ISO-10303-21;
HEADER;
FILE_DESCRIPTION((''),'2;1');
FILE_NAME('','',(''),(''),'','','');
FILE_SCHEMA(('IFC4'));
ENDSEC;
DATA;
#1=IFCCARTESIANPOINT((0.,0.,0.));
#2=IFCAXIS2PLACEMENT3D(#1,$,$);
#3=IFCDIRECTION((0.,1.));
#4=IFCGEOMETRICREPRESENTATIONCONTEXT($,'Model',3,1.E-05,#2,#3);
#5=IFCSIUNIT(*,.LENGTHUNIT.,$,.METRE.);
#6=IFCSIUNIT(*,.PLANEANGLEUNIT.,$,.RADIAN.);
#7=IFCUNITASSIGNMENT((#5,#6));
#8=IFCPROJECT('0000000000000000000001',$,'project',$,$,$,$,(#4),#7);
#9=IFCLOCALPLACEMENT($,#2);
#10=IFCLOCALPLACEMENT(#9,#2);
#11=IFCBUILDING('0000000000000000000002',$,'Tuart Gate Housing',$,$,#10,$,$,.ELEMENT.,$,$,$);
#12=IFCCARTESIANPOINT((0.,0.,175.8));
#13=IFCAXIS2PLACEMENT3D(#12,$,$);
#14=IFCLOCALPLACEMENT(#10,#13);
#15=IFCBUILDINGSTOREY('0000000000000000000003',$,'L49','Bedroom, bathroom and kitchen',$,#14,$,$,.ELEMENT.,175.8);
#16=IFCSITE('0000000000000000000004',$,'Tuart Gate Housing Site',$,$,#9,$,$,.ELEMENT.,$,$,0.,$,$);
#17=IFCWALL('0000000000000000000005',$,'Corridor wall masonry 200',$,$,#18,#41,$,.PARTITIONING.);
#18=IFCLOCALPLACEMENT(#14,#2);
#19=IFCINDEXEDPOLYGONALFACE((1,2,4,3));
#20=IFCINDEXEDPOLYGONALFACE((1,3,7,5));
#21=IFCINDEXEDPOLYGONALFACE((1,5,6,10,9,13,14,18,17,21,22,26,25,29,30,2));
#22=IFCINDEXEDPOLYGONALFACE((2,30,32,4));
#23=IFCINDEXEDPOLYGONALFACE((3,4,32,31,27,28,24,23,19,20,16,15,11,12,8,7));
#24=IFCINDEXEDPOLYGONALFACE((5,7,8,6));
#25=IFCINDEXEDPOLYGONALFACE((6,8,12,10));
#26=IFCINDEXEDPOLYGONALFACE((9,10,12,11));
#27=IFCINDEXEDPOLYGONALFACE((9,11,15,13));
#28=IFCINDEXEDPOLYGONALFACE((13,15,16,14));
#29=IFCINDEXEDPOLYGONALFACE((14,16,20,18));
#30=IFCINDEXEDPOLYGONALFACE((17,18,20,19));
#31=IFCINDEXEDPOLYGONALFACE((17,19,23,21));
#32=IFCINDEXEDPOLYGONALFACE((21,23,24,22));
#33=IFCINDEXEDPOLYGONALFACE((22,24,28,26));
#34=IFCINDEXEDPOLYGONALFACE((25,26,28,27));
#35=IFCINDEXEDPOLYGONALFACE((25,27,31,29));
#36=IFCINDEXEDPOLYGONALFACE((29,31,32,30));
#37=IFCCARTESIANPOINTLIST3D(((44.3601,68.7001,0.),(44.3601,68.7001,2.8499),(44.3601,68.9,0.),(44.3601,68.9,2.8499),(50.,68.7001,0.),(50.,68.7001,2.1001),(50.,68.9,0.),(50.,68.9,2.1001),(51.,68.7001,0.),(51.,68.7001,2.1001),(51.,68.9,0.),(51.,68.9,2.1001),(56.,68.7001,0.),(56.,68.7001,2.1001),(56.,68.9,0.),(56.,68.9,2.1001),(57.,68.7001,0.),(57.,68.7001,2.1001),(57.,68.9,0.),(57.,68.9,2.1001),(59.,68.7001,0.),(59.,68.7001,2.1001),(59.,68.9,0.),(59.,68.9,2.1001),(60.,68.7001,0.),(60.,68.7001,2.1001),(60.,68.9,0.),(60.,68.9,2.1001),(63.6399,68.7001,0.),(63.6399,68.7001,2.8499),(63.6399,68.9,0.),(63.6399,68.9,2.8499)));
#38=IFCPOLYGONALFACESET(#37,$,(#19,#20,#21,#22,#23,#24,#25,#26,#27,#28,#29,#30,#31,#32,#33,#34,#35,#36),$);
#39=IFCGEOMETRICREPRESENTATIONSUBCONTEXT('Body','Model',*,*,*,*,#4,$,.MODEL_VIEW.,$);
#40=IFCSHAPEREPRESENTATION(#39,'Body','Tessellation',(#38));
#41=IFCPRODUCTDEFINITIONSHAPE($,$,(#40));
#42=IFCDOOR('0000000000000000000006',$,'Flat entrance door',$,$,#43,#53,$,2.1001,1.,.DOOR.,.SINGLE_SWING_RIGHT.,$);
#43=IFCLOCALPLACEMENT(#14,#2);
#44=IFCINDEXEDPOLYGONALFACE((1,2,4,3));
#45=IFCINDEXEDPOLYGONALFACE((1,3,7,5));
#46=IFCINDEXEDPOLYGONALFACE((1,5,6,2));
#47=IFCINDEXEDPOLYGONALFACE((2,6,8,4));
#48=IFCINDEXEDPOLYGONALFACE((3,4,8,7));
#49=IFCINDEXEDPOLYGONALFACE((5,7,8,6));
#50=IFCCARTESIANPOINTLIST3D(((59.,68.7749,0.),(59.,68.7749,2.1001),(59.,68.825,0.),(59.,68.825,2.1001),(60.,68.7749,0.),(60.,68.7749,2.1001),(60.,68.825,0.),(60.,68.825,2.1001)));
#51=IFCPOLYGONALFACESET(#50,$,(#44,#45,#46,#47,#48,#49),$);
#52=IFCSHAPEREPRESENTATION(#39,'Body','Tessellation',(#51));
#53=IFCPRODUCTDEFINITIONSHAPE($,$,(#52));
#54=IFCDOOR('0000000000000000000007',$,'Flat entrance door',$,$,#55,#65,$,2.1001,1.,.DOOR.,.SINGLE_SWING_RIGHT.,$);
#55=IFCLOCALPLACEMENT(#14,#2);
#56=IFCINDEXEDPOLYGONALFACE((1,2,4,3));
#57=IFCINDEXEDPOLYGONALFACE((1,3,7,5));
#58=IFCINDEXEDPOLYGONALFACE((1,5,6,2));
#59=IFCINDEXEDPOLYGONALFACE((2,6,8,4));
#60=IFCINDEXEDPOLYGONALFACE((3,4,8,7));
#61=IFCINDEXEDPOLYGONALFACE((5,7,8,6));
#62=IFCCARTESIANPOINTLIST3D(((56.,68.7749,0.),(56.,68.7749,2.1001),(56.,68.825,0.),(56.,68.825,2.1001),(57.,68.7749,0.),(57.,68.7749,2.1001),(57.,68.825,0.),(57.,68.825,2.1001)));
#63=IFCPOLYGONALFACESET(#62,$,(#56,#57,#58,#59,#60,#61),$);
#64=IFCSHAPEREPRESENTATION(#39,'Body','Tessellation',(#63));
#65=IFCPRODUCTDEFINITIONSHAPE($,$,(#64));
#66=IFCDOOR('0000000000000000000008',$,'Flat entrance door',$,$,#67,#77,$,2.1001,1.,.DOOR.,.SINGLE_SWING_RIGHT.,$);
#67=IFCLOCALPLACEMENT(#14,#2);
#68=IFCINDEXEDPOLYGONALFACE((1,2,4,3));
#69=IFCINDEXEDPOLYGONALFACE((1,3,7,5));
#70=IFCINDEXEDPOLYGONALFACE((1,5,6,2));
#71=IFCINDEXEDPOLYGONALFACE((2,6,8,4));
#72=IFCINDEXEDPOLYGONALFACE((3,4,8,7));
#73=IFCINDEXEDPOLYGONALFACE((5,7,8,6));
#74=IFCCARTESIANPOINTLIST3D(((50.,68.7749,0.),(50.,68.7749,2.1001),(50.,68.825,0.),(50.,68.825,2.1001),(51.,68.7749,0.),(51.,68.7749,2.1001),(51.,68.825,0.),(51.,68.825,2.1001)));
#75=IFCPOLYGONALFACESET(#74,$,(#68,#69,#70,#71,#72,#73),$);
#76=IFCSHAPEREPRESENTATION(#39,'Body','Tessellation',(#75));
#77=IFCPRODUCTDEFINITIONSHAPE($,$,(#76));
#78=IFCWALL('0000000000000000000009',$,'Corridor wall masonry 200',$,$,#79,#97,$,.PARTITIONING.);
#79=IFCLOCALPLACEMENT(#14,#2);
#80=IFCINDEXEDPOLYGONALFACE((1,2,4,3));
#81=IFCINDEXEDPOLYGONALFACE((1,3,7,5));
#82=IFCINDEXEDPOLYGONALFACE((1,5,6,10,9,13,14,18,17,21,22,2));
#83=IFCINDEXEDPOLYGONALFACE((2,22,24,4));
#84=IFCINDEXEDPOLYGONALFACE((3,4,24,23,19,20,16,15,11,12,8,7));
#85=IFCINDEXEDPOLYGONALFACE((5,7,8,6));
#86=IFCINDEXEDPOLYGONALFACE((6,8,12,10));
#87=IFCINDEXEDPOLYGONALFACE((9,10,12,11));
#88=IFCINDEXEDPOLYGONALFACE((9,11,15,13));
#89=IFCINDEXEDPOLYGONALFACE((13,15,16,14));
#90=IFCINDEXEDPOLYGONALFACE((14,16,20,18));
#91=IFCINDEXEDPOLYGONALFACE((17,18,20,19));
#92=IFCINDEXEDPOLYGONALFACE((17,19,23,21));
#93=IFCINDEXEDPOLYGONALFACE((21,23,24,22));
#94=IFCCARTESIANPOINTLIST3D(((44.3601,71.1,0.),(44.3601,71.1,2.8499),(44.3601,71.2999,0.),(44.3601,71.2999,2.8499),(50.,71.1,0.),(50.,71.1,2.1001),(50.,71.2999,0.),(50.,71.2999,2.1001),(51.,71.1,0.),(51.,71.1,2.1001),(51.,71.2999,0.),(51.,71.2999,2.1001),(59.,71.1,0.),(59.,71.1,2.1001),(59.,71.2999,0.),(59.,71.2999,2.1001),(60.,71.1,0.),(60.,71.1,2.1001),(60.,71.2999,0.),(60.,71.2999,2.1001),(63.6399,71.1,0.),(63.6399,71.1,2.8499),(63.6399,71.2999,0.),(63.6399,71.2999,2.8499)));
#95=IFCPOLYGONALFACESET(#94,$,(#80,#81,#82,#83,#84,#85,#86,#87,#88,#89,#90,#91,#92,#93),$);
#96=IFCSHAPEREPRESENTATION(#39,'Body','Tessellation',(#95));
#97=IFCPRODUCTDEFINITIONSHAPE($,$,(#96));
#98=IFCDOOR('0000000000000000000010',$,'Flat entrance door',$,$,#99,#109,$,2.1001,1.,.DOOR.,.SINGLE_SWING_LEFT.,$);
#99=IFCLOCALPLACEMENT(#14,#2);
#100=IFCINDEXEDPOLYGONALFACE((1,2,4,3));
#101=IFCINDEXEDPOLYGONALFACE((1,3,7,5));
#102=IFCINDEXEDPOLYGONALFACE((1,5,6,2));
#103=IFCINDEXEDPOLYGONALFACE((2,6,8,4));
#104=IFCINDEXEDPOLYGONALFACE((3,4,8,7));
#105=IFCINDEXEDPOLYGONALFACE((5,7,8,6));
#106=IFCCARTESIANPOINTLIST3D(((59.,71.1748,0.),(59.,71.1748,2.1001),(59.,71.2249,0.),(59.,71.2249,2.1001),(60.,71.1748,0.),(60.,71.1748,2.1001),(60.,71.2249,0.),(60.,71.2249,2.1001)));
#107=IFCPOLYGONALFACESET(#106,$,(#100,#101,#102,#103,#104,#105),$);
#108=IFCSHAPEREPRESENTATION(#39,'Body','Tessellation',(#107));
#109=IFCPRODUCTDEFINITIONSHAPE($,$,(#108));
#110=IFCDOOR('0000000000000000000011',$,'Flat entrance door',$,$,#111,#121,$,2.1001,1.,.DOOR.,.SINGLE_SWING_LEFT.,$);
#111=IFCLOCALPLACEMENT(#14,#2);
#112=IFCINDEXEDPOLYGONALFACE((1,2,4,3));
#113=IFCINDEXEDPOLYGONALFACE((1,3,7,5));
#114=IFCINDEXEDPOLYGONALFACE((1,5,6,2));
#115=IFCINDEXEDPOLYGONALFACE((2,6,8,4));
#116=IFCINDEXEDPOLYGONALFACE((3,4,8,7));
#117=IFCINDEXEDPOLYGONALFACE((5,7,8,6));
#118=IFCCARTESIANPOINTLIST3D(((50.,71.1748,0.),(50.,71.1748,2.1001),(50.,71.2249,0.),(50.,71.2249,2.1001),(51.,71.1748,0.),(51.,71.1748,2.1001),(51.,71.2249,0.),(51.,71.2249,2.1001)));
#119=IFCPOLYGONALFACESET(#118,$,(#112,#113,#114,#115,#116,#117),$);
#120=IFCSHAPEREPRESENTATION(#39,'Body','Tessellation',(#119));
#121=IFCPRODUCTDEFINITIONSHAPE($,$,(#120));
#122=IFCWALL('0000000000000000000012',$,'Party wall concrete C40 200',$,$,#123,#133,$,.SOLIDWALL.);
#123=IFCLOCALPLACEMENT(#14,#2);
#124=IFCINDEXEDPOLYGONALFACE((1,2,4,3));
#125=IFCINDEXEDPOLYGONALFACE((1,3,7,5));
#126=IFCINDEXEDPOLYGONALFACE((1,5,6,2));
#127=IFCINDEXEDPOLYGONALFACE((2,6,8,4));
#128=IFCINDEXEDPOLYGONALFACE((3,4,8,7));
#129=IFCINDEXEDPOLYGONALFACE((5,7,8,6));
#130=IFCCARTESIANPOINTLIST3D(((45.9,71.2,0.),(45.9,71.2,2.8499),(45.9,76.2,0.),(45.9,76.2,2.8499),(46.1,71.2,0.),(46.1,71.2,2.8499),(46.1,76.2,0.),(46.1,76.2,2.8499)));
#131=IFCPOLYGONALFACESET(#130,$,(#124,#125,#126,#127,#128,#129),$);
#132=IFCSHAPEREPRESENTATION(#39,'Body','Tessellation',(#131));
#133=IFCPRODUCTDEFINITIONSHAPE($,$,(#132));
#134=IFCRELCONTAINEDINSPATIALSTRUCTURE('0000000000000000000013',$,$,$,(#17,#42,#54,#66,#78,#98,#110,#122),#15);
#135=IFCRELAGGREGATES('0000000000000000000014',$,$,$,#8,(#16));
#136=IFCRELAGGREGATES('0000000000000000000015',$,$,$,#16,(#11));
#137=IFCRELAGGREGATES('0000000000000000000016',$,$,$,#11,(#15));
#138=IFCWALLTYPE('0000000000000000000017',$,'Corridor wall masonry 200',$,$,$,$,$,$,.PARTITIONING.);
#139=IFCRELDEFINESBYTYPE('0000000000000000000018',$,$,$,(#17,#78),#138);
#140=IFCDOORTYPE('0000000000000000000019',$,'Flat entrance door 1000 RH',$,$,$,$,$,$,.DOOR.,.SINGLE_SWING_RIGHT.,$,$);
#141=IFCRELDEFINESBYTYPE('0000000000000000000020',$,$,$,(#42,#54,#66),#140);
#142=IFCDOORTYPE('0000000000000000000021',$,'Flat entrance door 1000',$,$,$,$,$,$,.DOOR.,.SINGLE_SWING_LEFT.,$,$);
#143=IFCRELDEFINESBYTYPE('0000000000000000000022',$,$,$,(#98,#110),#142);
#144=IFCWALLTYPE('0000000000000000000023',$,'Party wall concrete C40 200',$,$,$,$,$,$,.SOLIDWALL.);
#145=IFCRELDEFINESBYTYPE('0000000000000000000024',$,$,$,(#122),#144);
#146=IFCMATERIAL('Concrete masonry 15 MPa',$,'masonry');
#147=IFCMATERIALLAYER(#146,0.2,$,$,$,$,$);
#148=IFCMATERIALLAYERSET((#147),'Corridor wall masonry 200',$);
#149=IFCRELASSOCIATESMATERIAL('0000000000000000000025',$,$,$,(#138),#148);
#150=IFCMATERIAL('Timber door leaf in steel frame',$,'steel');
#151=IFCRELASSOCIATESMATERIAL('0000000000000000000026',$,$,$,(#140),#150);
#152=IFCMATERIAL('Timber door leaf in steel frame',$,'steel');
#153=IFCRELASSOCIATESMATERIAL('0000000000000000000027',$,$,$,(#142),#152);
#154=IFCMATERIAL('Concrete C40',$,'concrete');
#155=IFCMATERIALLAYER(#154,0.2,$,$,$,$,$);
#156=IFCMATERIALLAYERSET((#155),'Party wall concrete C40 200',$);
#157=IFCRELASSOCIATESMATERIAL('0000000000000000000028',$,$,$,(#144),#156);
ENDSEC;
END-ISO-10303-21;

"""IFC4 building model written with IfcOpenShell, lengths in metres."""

from ifc_helpers import new_model, si_unit, direction, frame, frame_2d, origin, place, context, subcontext, project, spatial, rectangle, extrude, material, layer, layer_set, type_object, element, fill, save


model = new_model("IFC4")

# Units and contexts
model_context = context("Model", 3, precision=1e-05, world=origin(), true_north=direction((0.0, 1.0)))
body_context = subcontext(model_context, "Body", "Model", "MODEL_VIEW")
ifc_project = project(units=[si_unit("LENGTHUNIT", "METRE"), si_unit("PLANEANGLEUNIT", "RADIAN")], contexts=[model_context])

# Site, building, storey
site_placement = place(None, origin())
site = spatial("IfcSite", under=ifc_project, at=site_placement, Name="Tuart Gate Housing Site", CompositionType="ELEMENT", RefElevation=0.0)
building_placement = place(site_placement, origin())
building = spatial("IfcBuilding", under=site, at=building_placement, Name="Tuart Gate Housing", CompositionType="ELEMENT")
storey_placement = place(building_placement, frame((0.0, 0.0, 175.8)))
storey = spatial("IfcBuildingStorey", under=building, at=storey_placement, Name="L49", Description="Bedroom, bathroom and kitchen", CompositionType="ELEMENT", Elevation=175.8)

# Walls, openings, doors
ifc_material_1 = material(Name="Concrete masonry 15 MPa", Category="masonry")
ifc_layer_1 = layer(ifc_material_1, 0.2)
ifc_layer_set_1 = layer_set([ifc_layer_1], Name="Corridor wall masonry 200")
wall_type_1 = type_object("IfcWallType", Name="Corridor wall masonry 200", PredefinedType="PARTITIONING", material=ifc_layer_set_1)
wall_1_placement = place(storey_placement, frame((44.3601, 68.8, 0.0), z_axis=(0.0, 0.0, 1.0), x_axis=(1.0, 0.0, 0.0)))
wall_1 = element("IfcWall", 1, at=wall_1_placement, inside=storey, type_object=wall_type_1, Name="Corridor wall masonry 200", PredefinedType="PARTITIONING", context=body_context, shape_type="SweptSolid", body=[
    extrude(rectangle(XDim=19.2798, YDim=0.2, at=frame_2d((9.6399, 0.0))), origin(), (0.0, 0.0, 1.0), 2.8499),
])
opening_1_placement = place(wall_1_placement, frame((14.6399, 0.0, 0.0)))
opening_1 = element("IfcOpeningElement", 2, at=opening_1_placement, cuts=wall_1, PredefinedType="OPENING", context=body_context, shape_type="SweptSolid", body=[
    extrude(rectangle(XDim=1.0, YDim=2.1001, at=frame_2d((0.5, 1.05))), frame((0.0, 0.1099, 0.0), z_axis=(0.0, -1.0, 0.0), x_axis=(1.0, 0.0, 0.0)), (0.0, 0.0, 1.0), 0.22),
])
opening_2_placement = place(wall_1_placement, frame((11.6399, 0.0, 0.0)))
opening_2 = element("IfcOpeningElement", 3, at=opening_2_placement, cuts=wall_1, PredefinedType="OPENING", context=body_context, shape_type="SweptSolid", body=[
    extrude(rectangle(XDim=1.0, YDim=2.1001, at=frame_2d((0.5, 1.05))), frame((0.0, 0.1099, 0.0), z_axis=(0.0, -1.0, 0.0), x_axis=(1.0, 0.0, 0.0)), (0.0, 0.0, 1.0), 0.22),
])
opening_3_placement = place(wall_1_placement, frame((5.6399, 0.0, 0.0)))
opening_3 = element("IfcOpeningElement", 4, at=opening_3_placement, cuts=wall_1, PredefinedType="OPENING", context=body_context, shape_type="SweptSolid", body=[
    extrude(rectangle(XDim=1.0, YDim=2.1001, at=frame_2d((0.5, 1.05))), frame((0.0, 0.1099, 0.0), z_axis=(0.0, -1.0, 0.0), x_axis=(1.0, 0.0, 0.0)), (0.0, 0.0, 1.0), 0.22),
])
ifc_material_2 = material(Name="Timber door leaf in steel frame", Category="steel")
door_type_1 = type_object("IfcDoorType", Name="Flat entrance door 1000 RH", OperationType="SINGLE_SWING_RIGHT", PredefinedType="DOOR", material=ifc_material_2)
door_1_placement = place(opening_1_placement, frame((1.0, 0.0, 0.0), z_axis=(0.0, 0.0, 1.0), x_axis=(-1.0, 0.0, 0.0)))
door_1 = element("IfcDoor", 5, at=door_1_placement, inside=storey, type_object=door_type_1, Name="Flat entrance door", OperationType="SINGLE_SWING_RIGHT", OverallHeight=2.1001, OverallWidth=1.0, PredefinedType="DOOR", context=body_context, shape_type="SweptSolid", body=[
    extrude(rectangle(XDim=1.0, YDim=2.1001, at=frame_2d((0.5, 1.05))), frame((0.0, 0.0251, 0.0), z_axis=(0.0, -1.0, 0.0), x_axis=(1.0, 0.0, 0.0)), (0.0, 0.0, 1.0), 0.05),
])
fill(opening_1, door_1)
door_2_placement = place(opening_2_placement, frame((1.0, 0.0, 0.0), z_axis=(0.0, 0.0, 1.0), x_axis=(-1.0, 0.0, 0.0)))
door_2 = element("IfcDoor", 6, at=door_2_placement, inside=storey, type_object=door_type_1, Name="Flat entrance door", OperationType="SINGLE_SWING_RIGHT", OverallHeight=2.1001, OverallWidth=1.0, PredefinedType="DOOR", context=body_context, shape_type="SweptSolid", body=[
    extrude(rectangle(XDim=1.0, YDim=2.1001, at=frame_2d((0.5, 1.05))), frame((0.0, 0.0251, 0.0), z_axis=(0.0, -1.0, 0.0), x_axis=(1.0, 0.0, 0.0)), (0.0, 0.0, 1.0), 0.05),
])
fill(opening_2, door_2)
door_3_placement = place(opening_3_placement, frame((1.0, 0.0, 0.0), z_axis=(0.0, 0.0, 1.0), x_axis=(-1.0, 0.0, 0.0)))
door_3 = element("IfcDoor", 7, at=door_3_placement, inside=storey, type_object=door_type_1, Name="Flat entrance door", OperationType="SINGLE_SWING_RIGHT", OverallHeight=2.1001, OverallWidth=1.0, PredefinedType="DOOR", context=body_context, shape_type="SweptSolid", body=[
    extrude(rectangle(XDim=1.0, YDim=2.1001, at=frame_2d((0.5, 1.05))), frame((0.0, 0.0251, 0.0), z_axis=(0.0, -1.0, 0.0), x_axis=(1.0, 0.0, 0.0)), (0.0, 0.0, 1.0), 0.05),
])
fill(opening_3, door_3)
wall_2_placement = place(storey_placement, frame((44.3601, 71.2, 0.0), z_axis=(0.0, 0.0, 1.0), x_axis=(1.0, 0.0, 0.0)))
wall_2 = element("IfcWall", 8, at=wall_2_placement, inside=storey, type_object=wall_type_1, Name="Corridor wall masonry 200", PredefinedType="PARTITIONING", context=body_context, shape_type="SweptSolid", body=[
    extrude(rectangle(XDim=19.2798, YDim=0.2, at=frame_2d((9.6399, 0.0))), origin(), (0.0, 0.0, 1.0), 2.8499),
])
opening_4_placement = place(wall_2_placement, frame((14.6399, 0.0, 0.0)))
opening_4 = element("IfcOpeningElement", 9, at=opening_4_placement, cuts=wall_2, PredefinedType="OPENING", context=body_context, shape_type="SweptSolid", body=[
    extrude(rectangle(XDim=1.0, YDim=2.1001, at=frame_2d((0.5, 1.05))), frame((0.0, 0.1099, 0.0), z_axis=(0.0, -1.0, 0.0), x_axis=(1.0, 0.0, 0.0)), (0.0, 0.0, 1.0), 0.22),
])
opening_5_placement = place(wall_2_placement, frame((5.6399, 0.0, 0.0)))
opening_5 = element("IfcOpeningElement", 10, at=opening_5_placement, cuts=wall_2, PredefinedType="OPENING", context=body_context, shape_type="SweptSolid", body=[
    extrude(rectangle(XDim=1.0, YDim=2.1001, at=frame_2d((0.5, 1.05))), frame((0.0, 0.1099, 0.0), z_axis=(0.0, -1.0, 0.0), x_axis=(1.0, 0.0, 0.0)), (0.0, 0.0, 1.0), 0.22),
])
ifc_material_3 = material(Name="Timber door leaf in steel frame", Category="steel")
door_type_2 = type_object("IfcDoorType", Name="Flat entrance door 1000", OperationType="SINGLE_SWING_LEFT", PredefinedType="DOOR", material=ifc_material_3)
door_4_placement = place(opening_4_placement, origin())
door_4 = element("IfcDoor", 11, at=door_4_placement, inside=storey, type_object=door_type_2, Name="Flat entrance door", OperationType="SINGLE_SWING_LEFT", OverallHeight=2.1001, OverallWidth=1.0, PredefinedType="DOOR", context=body_context, shape_type="SweptSolid", body=[
    extrude(rectangle(XDim=1.0, YDim=2.1001, at=frame_2d((0.5, 1.05))), frame((0.0, 0.0249, 0.0), z_axis=(0.0, -1.0, 0.0), x_axis=(1.0, 0.0, 0.0)), (0.0, 0.0, 1.0), 0.05),
])
fill(opening_4, door_4)
door_5_placement = place(opening_5_placement, origin())
door_5 = element("IfcDoor", 12, at=door_5_placement, inside=storey, type_object=door_type_2, Name="Flat entrance door", OperationType="SINGLE_SWING_LEFT", OverallHeight=2.1001, OverallWidth=1.0, PredefinedType="DOOR", context=body_context, shape_type="SweptSolid", body=[
    extrude(rectangle(XDim=1.0, YDim=2.1001, at=frame_2d((0.5, 1.05))), frame((0.0, 0.0249, 0.0), z_axis=(0.0, -1.0, 0.0), x_axis=(1.0, 0.0, 0.0)), (0.0, 0.0, 1.0), 0.05),
])
fill(opening_5, door_5)

# Wall
ifc_material_4 = material(Name="Concrete C40", Category="concrete")
ifc_layer_2 = layer(ifc_material_4, 0.2)
ifc_layer_set_2 = layer_set([ifc_layer_2], Name="Party wall concrete C40 200")
wall_type_2 = type_object("IfcWallType", Name="Party wall concrete C40 200", PredefinedType="SOLIDWALL", material=ifc_layer_set_2)
wall_3_placement = place(storey_placement, frame((46.0, 71.2, 0.0), z_axis=(0.0, 0.0, 1.0), x_axis=(0.0, 1.0, 0.0)))
element("IfcWall", 13, at=wall_3_placement, inside=storey, type_object=wall_type_2, Name="Party wall concrete C40 200", PredefinedType="SOLIDWALL", context=body_context, shape_type="SweptSolid", body=[
    extrude(rectangle(XDim=5.0, YDim=0.2, at=frame_2d((2.5, 0.0))), origin(), (0.0, 0.0, 1.0), 2.8499),
])

save(model, "model.ifc")
